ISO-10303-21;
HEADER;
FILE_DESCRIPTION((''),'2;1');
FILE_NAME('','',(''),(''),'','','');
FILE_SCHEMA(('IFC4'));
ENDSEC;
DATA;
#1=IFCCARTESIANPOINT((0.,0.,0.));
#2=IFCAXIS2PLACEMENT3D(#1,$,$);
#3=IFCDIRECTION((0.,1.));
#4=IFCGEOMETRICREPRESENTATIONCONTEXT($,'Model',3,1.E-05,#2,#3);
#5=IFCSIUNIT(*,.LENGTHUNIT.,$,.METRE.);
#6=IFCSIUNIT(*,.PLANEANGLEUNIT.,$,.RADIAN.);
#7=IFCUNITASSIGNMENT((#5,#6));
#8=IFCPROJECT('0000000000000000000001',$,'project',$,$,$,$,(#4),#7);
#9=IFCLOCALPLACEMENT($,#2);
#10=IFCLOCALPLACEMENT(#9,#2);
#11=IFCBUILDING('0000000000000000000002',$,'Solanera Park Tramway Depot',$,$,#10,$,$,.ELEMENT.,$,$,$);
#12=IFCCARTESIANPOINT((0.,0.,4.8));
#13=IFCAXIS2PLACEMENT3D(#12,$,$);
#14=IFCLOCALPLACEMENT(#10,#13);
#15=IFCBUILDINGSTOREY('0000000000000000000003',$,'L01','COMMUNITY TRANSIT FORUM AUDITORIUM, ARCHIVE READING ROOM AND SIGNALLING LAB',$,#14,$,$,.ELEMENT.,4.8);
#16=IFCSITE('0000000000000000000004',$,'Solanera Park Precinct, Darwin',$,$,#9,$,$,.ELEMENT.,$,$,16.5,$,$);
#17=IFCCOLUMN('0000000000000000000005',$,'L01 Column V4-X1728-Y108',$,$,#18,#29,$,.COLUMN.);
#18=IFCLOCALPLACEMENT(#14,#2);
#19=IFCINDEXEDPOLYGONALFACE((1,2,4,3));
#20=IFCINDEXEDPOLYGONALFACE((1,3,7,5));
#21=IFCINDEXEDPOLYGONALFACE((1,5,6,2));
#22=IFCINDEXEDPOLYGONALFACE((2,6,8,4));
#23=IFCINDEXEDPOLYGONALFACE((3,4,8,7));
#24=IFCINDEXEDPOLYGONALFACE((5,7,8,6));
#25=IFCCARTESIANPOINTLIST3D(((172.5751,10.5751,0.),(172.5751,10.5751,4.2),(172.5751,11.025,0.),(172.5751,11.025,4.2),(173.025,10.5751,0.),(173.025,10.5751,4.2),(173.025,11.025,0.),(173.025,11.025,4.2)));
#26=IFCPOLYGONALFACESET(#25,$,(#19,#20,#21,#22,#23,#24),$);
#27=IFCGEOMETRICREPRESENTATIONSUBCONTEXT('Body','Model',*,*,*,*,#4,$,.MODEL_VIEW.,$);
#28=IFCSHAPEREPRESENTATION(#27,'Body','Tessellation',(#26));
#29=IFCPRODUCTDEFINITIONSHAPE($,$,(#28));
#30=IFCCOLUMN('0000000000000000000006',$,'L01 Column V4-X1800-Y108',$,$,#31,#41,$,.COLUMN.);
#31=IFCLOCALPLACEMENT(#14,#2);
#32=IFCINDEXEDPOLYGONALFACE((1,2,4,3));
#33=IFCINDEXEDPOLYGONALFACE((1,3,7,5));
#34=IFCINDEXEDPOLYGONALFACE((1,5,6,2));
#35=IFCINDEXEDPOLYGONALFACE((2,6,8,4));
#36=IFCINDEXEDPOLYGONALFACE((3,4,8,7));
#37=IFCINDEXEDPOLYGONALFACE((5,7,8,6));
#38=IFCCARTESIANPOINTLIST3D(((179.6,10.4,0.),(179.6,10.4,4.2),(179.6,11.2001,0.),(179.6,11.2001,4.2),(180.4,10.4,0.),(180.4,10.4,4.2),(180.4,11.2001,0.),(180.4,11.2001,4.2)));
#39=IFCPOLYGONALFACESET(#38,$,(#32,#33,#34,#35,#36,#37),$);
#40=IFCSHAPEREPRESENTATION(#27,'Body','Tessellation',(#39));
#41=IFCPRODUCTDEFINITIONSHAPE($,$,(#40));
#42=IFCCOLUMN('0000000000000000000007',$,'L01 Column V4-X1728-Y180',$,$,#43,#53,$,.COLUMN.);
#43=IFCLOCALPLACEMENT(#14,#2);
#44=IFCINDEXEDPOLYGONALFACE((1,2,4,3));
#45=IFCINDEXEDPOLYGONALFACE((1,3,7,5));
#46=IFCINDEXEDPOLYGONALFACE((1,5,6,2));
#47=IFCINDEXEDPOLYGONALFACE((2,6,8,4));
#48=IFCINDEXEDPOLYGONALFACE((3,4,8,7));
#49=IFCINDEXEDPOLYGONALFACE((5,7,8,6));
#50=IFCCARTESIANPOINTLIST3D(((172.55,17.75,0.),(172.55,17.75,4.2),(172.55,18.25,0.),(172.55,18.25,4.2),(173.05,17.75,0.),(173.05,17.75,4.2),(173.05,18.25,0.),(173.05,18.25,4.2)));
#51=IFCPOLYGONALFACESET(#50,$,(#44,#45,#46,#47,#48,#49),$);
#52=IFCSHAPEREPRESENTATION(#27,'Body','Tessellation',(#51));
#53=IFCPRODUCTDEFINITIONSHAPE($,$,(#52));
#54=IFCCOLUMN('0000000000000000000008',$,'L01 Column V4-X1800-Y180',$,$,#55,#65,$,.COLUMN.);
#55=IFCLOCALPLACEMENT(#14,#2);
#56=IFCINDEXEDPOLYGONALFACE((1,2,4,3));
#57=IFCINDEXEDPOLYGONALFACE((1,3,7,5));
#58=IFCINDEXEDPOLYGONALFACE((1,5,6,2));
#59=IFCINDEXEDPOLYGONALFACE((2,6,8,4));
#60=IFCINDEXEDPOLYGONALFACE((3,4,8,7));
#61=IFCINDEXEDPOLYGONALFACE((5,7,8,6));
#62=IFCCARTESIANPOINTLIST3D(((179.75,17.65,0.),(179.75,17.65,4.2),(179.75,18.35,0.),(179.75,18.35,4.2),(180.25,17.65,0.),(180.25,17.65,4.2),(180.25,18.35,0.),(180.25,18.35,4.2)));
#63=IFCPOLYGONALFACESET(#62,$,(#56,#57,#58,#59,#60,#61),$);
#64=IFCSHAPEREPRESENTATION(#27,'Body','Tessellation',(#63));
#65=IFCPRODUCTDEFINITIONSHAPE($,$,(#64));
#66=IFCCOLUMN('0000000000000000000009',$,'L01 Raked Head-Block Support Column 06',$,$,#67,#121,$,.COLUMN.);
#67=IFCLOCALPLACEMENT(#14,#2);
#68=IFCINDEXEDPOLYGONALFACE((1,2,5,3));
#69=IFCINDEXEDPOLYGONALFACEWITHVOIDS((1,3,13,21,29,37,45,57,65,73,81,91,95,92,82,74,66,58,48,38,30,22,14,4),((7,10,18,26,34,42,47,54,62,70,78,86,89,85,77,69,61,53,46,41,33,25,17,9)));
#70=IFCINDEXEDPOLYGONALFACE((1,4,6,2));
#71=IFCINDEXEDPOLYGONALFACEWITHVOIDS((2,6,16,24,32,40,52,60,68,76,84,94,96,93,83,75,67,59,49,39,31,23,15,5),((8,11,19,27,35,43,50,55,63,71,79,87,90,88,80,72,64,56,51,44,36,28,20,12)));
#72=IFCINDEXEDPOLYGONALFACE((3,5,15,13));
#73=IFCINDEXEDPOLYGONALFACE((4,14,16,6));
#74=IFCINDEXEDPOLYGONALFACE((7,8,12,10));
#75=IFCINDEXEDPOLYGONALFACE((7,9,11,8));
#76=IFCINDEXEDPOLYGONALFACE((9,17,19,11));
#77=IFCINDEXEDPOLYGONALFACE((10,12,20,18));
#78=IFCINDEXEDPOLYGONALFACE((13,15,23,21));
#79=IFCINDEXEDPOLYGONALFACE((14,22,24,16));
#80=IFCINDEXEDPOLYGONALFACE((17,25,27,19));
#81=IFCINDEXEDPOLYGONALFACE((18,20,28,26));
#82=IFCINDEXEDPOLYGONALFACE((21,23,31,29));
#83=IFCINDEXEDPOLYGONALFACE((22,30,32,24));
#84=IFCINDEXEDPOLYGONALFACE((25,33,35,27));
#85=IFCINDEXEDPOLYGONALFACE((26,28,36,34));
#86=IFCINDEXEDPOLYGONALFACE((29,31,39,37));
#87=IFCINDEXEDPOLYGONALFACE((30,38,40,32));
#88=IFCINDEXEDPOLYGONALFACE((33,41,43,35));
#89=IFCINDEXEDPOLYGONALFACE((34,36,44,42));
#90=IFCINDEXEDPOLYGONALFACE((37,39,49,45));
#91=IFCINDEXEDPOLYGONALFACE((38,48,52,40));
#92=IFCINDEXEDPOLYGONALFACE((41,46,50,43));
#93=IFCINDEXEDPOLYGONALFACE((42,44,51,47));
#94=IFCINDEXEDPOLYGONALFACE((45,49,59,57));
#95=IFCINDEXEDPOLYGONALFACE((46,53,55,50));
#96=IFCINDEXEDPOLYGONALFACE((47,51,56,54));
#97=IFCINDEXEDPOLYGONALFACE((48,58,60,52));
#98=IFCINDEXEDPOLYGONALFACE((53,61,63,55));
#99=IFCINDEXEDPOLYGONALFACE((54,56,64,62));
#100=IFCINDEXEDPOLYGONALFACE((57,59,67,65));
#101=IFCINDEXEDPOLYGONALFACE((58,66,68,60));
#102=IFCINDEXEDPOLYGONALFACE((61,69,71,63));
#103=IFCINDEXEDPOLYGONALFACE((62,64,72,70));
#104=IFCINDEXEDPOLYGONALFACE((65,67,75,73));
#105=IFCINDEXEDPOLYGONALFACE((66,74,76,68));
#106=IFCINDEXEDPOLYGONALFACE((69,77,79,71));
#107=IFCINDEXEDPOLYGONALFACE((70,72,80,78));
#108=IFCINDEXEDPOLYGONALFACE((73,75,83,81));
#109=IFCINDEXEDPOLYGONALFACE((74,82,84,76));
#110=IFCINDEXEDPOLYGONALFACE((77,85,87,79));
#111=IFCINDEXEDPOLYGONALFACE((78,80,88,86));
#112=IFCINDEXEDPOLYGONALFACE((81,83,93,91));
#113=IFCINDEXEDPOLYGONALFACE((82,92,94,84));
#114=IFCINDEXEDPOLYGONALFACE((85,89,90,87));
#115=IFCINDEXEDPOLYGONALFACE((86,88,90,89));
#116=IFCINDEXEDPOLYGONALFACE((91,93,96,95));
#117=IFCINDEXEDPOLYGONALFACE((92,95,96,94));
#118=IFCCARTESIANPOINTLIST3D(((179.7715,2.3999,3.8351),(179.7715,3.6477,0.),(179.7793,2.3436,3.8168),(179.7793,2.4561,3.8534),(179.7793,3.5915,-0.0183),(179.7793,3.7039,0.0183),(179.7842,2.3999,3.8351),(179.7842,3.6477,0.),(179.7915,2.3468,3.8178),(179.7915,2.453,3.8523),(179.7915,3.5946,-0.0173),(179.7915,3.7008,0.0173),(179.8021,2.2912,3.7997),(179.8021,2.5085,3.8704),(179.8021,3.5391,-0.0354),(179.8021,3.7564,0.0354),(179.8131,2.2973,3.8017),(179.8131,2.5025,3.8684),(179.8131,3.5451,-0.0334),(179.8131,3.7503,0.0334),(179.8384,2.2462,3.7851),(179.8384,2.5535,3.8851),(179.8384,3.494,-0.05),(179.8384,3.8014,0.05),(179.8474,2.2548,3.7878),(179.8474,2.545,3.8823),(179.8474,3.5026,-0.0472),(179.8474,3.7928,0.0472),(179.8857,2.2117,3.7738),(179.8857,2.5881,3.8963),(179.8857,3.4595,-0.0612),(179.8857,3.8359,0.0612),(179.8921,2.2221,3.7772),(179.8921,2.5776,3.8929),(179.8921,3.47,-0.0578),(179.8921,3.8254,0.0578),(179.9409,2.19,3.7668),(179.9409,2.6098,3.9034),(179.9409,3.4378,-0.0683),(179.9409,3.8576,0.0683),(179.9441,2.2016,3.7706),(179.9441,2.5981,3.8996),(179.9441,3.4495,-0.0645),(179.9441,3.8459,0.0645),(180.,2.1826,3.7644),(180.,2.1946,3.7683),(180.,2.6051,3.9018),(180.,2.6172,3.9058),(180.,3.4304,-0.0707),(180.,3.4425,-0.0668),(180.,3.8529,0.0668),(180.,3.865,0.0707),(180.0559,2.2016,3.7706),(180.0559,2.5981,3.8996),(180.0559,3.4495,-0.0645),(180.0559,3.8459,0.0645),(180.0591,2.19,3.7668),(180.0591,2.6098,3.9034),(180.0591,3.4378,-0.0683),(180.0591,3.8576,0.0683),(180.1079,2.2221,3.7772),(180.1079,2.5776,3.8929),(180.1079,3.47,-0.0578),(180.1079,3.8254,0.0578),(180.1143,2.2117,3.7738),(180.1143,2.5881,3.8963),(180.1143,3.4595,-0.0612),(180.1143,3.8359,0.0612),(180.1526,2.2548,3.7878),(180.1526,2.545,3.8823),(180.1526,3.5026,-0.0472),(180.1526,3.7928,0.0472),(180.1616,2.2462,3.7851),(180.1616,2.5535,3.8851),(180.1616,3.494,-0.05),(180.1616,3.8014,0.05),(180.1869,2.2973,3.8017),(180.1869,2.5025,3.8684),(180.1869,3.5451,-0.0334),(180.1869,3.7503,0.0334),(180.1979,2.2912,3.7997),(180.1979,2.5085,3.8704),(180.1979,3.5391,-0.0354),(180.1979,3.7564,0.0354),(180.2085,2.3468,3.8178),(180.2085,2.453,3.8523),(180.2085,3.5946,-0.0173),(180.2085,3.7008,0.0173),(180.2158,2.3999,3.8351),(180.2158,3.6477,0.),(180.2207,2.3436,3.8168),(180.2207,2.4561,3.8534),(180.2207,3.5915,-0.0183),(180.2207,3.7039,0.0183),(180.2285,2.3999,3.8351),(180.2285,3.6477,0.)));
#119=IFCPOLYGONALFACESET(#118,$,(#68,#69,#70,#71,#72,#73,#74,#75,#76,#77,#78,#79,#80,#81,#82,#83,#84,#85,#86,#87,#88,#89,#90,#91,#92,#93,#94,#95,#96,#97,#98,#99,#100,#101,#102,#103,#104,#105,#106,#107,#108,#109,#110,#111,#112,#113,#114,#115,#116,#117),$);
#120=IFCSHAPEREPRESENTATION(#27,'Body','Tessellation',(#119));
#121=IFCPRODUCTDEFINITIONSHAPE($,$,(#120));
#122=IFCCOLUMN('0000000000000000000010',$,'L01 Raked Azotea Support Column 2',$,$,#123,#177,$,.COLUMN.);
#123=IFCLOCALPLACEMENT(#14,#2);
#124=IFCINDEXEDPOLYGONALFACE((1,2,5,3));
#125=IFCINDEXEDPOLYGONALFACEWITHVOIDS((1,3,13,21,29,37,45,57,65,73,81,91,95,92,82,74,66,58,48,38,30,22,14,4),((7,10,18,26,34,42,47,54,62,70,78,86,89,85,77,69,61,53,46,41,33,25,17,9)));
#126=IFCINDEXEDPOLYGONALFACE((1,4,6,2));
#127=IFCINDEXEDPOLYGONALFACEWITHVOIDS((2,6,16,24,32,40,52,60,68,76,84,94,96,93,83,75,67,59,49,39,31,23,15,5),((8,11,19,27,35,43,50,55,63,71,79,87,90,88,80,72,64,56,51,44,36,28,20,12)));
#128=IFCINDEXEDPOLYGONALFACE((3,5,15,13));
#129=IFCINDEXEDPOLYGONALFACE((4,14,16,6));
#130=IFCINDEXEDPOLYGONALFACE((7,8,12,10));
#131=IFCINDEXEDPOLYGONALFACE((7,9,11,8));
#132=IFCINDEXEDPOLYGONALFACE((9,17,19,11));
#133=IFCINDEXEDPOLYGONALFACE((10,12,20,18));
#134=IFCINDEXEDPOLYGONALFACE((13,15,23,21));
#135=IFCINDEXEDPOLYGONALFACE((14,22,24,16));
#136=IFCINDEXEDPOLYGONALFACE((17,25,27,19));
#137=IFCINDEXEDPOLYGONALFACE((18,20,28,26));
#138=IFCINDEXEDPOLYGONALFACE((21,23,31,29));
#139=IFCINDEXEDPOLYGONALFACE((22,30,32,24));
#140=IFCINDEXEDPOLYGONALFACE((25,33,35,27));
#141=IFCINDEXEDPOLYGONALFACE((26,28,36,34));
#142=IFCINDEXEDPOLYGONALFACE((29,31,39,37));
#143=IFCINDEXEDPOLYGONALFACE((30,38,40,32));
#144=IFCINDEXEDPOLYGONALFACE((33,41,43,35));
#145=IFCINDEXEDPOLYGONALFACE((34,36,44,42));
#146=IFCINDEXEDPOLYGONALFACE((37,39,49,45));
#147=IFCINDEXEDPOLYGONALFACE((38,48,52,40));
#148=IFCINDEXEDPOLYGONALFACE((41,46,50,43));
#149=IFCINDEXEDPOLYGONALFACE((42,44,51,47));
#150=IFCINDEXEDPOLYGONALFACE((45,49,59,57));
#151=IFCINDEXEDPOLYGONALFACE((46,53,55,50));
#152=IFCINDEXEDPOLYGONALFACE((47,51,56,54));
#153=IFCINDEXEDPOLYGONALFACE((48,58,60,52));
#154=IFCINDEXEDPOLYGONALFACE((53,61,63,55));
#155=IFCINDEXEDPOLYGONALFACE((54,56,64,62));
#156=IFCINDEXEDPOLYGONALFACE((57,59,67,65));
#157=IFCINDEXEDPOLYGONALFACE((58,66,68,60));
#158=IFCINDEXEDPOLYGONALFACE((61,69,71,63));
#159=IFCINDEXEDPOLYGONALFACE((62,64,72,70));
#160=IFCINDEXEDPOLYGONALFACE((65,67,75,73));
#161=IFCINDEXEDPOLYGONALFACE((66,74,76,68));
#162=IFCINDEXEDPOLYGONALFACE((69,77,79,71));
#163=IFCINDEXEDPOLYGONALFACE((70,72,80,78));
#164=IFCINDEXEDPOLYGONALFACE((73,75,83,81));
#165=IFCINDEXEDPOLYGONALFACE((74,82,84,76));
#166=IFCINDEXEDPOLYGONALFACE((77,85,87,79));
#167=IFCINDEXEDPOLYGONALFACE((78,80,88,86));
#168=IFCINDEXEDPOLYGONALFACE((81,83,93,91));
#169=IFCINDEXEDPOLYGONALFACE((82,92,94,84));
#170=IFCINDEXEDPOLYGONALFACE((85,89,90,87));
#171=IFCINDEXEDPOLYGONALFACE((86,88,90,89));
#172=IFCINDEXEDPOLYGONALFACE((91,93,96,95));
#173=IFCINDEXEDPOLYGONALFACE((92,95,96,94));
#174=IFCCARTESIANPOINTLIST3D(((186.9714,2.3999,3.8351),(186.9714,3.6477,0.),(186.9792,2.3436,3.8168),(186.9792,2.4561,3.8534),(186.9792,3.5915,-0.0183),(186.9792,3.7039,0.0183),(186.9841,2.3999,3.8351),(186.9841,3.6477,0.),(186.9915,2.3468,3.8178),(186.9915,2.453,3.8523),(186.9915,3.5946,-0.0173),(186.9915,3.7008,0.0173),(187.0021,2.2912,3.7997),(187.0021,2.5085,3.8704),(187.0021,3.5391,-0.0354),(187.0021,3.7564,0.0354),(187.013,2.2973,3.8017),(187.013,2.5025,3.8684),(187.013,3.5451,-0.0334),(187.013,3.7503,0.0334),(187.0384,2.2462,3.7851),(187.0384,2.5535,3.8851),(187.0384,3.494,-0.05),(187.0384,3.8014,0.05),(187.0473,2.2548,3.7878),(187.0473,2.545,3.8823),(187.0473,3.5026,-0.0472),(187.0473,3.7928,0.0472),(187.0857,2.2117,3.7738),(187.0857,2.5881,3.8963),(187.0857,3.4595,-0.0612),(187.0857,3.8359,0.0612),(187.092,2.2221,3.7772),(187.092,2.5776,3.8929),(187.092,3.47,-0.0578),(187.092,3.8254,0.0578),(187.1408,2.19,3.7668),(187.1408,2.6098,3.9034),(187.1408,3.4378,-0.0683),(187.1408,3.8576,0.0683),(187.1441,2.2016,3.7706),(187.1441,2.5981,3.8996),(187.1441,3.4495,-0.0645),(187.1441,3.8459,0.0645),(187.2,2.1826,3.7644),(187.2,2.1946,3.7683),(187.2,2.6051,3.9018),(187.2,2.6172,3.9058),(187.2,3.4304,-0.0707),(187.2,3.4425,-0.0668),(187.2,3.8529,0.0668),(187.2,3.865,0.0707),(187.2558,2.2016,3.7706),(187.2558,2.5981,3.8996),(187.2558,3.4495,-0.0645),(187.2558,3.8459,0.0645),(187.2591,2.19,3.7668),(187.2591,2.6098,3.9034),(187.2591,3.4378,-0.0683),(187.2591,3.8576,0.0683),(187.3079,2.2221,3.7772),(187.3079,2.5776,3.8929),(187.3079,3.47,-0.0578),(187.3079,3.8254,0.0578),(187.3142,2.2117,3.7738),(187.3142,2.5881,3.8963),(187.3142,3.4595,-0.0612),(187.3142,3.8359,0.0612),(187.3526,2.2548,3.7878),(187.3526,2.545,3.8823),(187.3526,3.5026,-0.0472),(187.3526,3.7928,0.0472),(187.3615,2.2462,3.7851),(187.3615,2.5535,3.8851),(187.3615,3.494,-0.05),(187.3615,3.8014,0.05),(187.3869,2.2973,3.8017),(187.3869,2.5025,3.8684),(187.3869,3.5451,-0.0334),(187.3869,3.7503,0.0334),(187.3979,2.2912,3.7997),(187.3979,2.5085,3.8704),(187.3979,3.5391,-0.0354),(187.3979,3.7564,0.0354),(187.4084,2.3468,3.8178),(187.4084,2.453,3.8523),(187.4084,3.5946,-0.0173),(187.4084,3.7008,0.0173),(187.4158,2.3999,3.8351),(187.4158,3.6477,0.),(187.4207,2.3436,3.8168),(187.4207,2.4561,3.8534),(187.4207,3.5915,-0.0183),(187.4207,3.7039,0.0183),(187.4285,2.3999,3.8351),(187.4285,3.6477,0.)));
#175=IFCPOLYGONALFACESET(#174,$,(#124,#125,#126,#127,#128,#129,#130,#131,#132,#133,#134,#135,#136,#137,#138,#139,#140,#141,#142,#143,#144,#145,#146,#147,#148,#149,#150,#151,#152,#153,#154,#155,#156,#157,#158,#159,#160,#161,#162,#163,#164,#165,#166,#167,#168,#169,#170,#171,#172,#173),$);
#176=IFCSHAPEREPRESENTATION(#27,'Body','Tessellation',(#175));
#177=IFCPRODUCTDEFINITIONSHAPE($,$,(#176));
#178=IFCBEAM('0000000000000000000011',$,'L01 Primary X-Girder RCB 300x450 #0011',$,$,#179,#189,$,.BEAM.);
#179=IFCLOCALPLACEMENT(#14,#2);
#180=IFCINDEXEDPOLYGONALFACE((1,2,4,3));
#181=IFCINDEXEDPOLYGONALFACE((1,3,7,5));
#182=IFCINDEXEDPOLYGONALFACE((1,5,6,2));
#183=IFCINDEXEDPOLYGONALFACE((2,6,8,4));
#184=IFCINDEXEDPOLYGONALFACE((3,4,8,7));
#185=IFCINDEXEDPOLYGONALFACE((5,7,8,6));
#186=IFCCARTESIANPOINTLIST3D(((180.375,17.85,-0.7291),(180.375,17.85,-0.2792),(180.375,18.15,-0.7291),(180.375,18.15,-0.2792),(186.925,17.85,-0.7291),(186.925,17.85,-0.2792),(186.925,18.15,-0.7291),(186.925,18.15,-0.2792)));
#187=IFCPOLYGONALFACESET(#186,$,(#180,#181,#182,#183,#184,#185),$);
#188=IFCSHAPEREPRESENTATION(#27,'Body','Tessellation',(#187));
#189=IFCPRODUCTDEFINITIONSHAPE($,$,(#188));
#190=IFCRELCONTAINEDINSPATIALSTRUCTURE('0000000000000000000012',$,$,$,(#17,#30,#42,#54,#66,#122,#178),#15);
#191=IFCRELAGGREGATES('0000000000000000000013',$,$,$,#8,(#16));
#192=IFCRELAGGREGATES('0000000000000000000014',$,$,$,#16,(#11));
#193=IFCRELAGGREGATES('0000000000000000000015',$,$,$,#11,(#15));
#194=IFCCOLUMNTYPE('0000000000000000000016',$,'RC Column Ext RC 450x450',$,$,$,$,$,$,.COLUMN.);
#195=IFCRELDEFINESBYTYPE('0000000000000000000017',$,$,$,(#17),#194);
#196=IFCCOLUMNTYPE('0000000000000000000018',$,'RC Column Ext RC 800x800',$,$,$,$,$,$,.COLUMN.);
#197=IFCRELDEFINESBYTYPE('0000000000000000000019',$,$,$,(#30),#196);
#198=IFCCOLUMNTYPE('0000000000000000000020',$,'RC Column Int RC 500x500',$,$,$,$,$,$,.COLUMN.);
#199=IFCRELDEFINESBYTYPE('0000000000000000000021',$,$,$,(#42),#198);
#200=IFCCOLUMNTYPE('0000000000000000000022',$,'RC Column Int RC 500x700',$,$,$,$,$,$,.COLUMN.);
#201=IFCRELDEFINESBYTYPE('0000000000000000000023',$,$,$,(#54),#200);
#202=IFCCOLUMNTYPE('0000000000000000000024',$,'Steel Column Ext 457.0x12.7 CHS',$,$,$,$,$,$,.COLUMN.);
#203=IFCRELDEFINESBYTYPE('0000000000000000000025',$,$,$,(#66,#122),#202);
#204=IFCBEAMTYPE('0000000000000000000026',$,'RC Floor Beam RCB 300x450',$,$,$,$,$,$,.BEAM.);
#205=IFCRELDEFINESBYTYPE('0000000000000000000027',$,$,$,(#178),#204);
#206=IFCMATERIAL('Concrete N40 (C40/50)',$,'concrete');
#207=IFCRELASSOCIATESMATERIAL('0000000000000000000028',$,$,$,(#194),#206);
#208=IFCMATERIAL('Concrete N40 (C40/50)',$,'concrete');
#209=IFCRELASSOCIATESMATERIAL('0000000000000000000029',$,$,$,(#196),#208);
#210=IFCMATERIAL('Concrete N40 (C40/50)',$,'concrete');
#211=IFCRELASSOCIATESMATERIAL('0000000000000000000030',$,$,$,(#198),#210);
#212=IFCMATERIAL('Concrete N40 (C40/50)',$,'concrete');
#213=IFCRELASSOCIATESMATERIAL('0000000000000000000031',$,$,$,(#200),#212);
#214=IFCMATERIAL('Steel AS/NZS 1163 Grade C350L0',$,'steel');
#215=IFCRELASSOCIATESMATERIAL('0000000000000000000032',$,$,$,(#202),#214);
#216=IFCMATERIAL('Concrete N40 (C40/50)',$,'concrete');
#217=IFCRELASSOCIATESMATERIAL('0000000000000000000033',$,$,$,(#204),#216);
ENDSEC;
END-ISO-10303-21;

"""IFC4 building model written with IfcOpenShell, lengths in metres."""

from ifc_helpers import new_model, si_unit, direction, frame, origin, origin_2d, place, context, subcontext, project, spatial, rectangle, hollow_circle, extrude, material, material_profile, profile_set, type_object, element, save


model = new_model("IFC4")

# Units and contexts
model_context = context("Model", 3, precision=1e-05, world=origin(), true_north=direction((0.0, 1.0)))
body_context = subcontext(model_context, "Body", "Model", "MODEL_VIEW")
ifc_project = project(units=[si_unit("LENGTHUNIT", "METRE"), si_unit("PLANEANGLEUNIT", "RADIAN")], contexts=[model_context])

# Site, building, storey
site_placement = place(None, origin())
site = spatial("IfcSite", under=ifc_project, at=site_placement, Name="Solanera Park Precinct, Darwin", CompositionType="ELEMENT", RefElevation=16.5)
building_placement = place(site_placement, origin())
building = spatial("IfcBuilding", under=site, at=building_placement, Name="Solanera Park Tramway Depot", CompositionType="ELEMENT")
storey_placement = place(building_placement, frame((0.0, 0.0, 4.8)))
storey = spatial("IfcBuildingStorey", under=building, at=storey_placement, Name="L01", Description="COMMUNITY TRANSIT FORUM AUDITORIUM, ARCHIVE READING ROOM AND SIGNALLING LAB", CompositionType="ELEMENT", Elevation=4.8)

# Columns
ifc_material_1 = material(Name="Concrete N40 (C40/50)", Category="concrete")
ifc_material_profile_1 = material_profile(ifc_material_1, rectangle(XDim=0.45, YDim=0.45, at=origin_2d()), Name="RC 450x450")
ifc_profile_set_1 = profile_set([ifc_material_profile_1], Name="Concrete N40 (C40/50)")
column_type_1 = type_object("IfcColumnType", Name="RC Column Ext RC 450x450", PredefinedType="COLUMN", material=ifc_profile_set_1)
column_1_placement = place(storey_placement, frame((172.8, 10.8, 0.0), z_axis=(0.0, 0.0, 1.0), x_axis=(1.0, 0.0, 0.0)))
element("IfcColumn", 1, at=column_1_placement, inside=storey, type_object=column_type_1, Name="L01 Column V4-X1728-Y108", PredefinedType="COLUMN", context=body_context, shape_type="SweptSolid", body=[
    extrude(rectangle(XDim=0.45, YDim=0.45, at=origin_2d()), origin(), (0.0, 0.0, 1.0), 4.2),
])
ifc_material_2 = material(Name="Concrete N40 (C40/50)", Category="concrete")
ifc_material_profile_2 = material_profile(ifc_material_2, rectangle(XDim=0.8, YDim=0.8, at=origin_2d()), Name="RC 800x800")
ifc_profile_set_2 = profile_set([ifc_material_profile_2], Name="Concrete N40 (C40/50)")
column_type_2 = type_object("IfcColumnType", Name="RC Column Ext RC 800x800", PredefinedType="COLUMN", material=ifc_profile_set_2)
column_2_placement = place(storey_placement, frame((180.0, 10.8, 0.0), z_axis=(0.0, 0.0, 1.0), x_axis=(1.0, 0.0, 0.0)))
element("IfcColumn", 2, at=column_2_placement, inside=storey, type_object=column_type_2, Name="L01 Column V4-X1800-Y108", PredefinedType="COLUMN", context=body_context, shape_type="SweptSolid", body=[
    extrude(rectangle(XDim=0.8, YDim=0.8, at=origin_2d()), origin(), (0.0, 0.0, 1.0), 4.2),
])
ifc_material_3 = material(Name="Concrete N40 (C40/50)", Category="concrete")
ifc_material_profile_3 = material_profile(ifc_material_3, rectangle(XDim=0.5, YDim=0.5, at=origin_2d()), Name="RC 500x500")
ifc_profile_set_3 = profile_set([ifc_material_profile_3], Name="Concrete N40 (C40/50)")
column_type_3 = type_object("IfcColumnType", Name="RC Column Int RC 500x500", PredefinedType="COLUMN", material=ifc_profile_set_3)
column_3_placement = place(storey_placement, frame((172.8, 18.0, 0.0), z_axis=(0.0, 0.0, 1.0), x_axis=(1.0, 0.0, 0.0)))
element("IfcColumn", 3, at=column_3_placement, inside=storey, type_object=column_type_3, Name="L01 Column V4-X1728-Y180", PredefinedType="COLUMN", context=body_context, shape_type="SweptSolid", body=[
    extrude(rectangle(XDim=0.5, YDim=0.5, at=origin_2d()), origin(), (0.0, 0.0, 1.0), 4.2),
])
ifc_material_4 = material(Name="Concrete N40 (C40/50)", Category="concrete")
ifc_material_profile_4 = material_profile(ifc_material_4, rectangle(XDim=0.5, YDim=0.7, at=origin_2d()), Name="RC 500x700")
ifc_profile_set_4 = profile_set([ifc_material_profile_4], Name="Concrete N40 (C40/50)")
column_type_4 = type_object("IfcColumnType", Name="RC Column Int RC 500x700", PredefinedType="COLUMN", material=ifc_profile_set_4)
column_4_placement = place(storey_placement, frame((180.0, 18.0, 0.0), z_axis=(0.0, 0.0, 1.0), x_axis=(1.0, 0.0, 0.0)))
element("IfcColumn", 4, at=column_4_placement, inside=storey, type_object=column_type_4, Name="L01 Column V4-X1800-Y180", PredefinedType="COLUMN", context=body_context, shape_type="SweptSolid", body=[
    extrude(rectangle(XDim=0.5, YDim=0.7, at=origin_2d()), origin(), (0.0, 0.0, 1.0), 4.2),
])
ifc_material_5 = material(Name="Steel AS/NZS 1163 Grade C350L0", Category="steel")
ifc_material_profile_5 = material_profile(ifc_material_5, hollow_circle(Radius=0.2285, WallThickness=0.0127, at=origin_2d()), Name="457.0x12.7 CHS")
ifc_profile_set_5 = profile_set([ifc_material_profile_5], Name="Steel AS/NZS 1163 Grade C350L0")
column_type_5 = type_object("IfcColumnType", Name="Steel Column Ext 457.0x12.7 CHS", PredefinedType="COLUMN", material=ifc_profile_set_5)
for number, where, z_axis, x_axis, name in (
    (5, (180.0, 3.6477, 0.0), (0.0, -0.309409, 0.950929), (1.0, 0.0, 0.0), "L01 Raked Head-Block Support Column 06"),
    (6, (187.2, 3.6477, 0.0), (0.0, -0.309409, 0.950929), (1.0, 0.0, 0.0), "L01 Raked Azotea Support Column 2"),
):
    element("IfcColumn", number, at=place(storey_placement, frame(where, z_axis=z_axis, x_axis=x_axis)), inside=storey, type_object=column_type_5, Name=name, PredefinedType="COLUMN", context=body_context, shape_type="SweptSolid", body=[
        extrude(hollow_circle(Radius=0.2285, WallThickness=0.0127, at=origin_2d()), origin(), (0.0, 0.0, 1.0), 4.033),
    ])

# Beam
ifc_material_6 = material(Name="Concrete N40 (C40/50)", Category="concrete")
ifc_material_profile_6 = material_profile(ifc_material_6, rectangle(XDim=0.3, YDim=0.45, at=origin_2d()), Name="RCB 300x450")
ifc_profile_set_6 = profile_set([ifc_material_profile_6], Name="Concrete N40 (C40/50)")
beam_type_1 = type_object("IfcBeamType", Name="RC Floor Beam RCB 300x450", PredefinedType="BEAM", material=ifc_profile_set_6)
beam_1_placement = place(storey_placement, frame((180.375, 18.0, -0.5042), z_axis=(1.0, 0.0, 0.0), x_axis=(0.0, 1.0, 0.0)))
element("IfcBeam", 7, at=beam_1_placement, inside=storey, type_object=beam_type_1, Name="L01 Primary X-Girder RCB 300x450 #0011", PredefinedType="BEAM", context=body_context, shape_type="SweptSolid", body=[
    extrude(rectangle(XDim=0.3, YDim=0.45, at=origin_2d()), origin(), (0.0, 0.0, 1.0), 6.55),
])

save(model, "model.ifc")
